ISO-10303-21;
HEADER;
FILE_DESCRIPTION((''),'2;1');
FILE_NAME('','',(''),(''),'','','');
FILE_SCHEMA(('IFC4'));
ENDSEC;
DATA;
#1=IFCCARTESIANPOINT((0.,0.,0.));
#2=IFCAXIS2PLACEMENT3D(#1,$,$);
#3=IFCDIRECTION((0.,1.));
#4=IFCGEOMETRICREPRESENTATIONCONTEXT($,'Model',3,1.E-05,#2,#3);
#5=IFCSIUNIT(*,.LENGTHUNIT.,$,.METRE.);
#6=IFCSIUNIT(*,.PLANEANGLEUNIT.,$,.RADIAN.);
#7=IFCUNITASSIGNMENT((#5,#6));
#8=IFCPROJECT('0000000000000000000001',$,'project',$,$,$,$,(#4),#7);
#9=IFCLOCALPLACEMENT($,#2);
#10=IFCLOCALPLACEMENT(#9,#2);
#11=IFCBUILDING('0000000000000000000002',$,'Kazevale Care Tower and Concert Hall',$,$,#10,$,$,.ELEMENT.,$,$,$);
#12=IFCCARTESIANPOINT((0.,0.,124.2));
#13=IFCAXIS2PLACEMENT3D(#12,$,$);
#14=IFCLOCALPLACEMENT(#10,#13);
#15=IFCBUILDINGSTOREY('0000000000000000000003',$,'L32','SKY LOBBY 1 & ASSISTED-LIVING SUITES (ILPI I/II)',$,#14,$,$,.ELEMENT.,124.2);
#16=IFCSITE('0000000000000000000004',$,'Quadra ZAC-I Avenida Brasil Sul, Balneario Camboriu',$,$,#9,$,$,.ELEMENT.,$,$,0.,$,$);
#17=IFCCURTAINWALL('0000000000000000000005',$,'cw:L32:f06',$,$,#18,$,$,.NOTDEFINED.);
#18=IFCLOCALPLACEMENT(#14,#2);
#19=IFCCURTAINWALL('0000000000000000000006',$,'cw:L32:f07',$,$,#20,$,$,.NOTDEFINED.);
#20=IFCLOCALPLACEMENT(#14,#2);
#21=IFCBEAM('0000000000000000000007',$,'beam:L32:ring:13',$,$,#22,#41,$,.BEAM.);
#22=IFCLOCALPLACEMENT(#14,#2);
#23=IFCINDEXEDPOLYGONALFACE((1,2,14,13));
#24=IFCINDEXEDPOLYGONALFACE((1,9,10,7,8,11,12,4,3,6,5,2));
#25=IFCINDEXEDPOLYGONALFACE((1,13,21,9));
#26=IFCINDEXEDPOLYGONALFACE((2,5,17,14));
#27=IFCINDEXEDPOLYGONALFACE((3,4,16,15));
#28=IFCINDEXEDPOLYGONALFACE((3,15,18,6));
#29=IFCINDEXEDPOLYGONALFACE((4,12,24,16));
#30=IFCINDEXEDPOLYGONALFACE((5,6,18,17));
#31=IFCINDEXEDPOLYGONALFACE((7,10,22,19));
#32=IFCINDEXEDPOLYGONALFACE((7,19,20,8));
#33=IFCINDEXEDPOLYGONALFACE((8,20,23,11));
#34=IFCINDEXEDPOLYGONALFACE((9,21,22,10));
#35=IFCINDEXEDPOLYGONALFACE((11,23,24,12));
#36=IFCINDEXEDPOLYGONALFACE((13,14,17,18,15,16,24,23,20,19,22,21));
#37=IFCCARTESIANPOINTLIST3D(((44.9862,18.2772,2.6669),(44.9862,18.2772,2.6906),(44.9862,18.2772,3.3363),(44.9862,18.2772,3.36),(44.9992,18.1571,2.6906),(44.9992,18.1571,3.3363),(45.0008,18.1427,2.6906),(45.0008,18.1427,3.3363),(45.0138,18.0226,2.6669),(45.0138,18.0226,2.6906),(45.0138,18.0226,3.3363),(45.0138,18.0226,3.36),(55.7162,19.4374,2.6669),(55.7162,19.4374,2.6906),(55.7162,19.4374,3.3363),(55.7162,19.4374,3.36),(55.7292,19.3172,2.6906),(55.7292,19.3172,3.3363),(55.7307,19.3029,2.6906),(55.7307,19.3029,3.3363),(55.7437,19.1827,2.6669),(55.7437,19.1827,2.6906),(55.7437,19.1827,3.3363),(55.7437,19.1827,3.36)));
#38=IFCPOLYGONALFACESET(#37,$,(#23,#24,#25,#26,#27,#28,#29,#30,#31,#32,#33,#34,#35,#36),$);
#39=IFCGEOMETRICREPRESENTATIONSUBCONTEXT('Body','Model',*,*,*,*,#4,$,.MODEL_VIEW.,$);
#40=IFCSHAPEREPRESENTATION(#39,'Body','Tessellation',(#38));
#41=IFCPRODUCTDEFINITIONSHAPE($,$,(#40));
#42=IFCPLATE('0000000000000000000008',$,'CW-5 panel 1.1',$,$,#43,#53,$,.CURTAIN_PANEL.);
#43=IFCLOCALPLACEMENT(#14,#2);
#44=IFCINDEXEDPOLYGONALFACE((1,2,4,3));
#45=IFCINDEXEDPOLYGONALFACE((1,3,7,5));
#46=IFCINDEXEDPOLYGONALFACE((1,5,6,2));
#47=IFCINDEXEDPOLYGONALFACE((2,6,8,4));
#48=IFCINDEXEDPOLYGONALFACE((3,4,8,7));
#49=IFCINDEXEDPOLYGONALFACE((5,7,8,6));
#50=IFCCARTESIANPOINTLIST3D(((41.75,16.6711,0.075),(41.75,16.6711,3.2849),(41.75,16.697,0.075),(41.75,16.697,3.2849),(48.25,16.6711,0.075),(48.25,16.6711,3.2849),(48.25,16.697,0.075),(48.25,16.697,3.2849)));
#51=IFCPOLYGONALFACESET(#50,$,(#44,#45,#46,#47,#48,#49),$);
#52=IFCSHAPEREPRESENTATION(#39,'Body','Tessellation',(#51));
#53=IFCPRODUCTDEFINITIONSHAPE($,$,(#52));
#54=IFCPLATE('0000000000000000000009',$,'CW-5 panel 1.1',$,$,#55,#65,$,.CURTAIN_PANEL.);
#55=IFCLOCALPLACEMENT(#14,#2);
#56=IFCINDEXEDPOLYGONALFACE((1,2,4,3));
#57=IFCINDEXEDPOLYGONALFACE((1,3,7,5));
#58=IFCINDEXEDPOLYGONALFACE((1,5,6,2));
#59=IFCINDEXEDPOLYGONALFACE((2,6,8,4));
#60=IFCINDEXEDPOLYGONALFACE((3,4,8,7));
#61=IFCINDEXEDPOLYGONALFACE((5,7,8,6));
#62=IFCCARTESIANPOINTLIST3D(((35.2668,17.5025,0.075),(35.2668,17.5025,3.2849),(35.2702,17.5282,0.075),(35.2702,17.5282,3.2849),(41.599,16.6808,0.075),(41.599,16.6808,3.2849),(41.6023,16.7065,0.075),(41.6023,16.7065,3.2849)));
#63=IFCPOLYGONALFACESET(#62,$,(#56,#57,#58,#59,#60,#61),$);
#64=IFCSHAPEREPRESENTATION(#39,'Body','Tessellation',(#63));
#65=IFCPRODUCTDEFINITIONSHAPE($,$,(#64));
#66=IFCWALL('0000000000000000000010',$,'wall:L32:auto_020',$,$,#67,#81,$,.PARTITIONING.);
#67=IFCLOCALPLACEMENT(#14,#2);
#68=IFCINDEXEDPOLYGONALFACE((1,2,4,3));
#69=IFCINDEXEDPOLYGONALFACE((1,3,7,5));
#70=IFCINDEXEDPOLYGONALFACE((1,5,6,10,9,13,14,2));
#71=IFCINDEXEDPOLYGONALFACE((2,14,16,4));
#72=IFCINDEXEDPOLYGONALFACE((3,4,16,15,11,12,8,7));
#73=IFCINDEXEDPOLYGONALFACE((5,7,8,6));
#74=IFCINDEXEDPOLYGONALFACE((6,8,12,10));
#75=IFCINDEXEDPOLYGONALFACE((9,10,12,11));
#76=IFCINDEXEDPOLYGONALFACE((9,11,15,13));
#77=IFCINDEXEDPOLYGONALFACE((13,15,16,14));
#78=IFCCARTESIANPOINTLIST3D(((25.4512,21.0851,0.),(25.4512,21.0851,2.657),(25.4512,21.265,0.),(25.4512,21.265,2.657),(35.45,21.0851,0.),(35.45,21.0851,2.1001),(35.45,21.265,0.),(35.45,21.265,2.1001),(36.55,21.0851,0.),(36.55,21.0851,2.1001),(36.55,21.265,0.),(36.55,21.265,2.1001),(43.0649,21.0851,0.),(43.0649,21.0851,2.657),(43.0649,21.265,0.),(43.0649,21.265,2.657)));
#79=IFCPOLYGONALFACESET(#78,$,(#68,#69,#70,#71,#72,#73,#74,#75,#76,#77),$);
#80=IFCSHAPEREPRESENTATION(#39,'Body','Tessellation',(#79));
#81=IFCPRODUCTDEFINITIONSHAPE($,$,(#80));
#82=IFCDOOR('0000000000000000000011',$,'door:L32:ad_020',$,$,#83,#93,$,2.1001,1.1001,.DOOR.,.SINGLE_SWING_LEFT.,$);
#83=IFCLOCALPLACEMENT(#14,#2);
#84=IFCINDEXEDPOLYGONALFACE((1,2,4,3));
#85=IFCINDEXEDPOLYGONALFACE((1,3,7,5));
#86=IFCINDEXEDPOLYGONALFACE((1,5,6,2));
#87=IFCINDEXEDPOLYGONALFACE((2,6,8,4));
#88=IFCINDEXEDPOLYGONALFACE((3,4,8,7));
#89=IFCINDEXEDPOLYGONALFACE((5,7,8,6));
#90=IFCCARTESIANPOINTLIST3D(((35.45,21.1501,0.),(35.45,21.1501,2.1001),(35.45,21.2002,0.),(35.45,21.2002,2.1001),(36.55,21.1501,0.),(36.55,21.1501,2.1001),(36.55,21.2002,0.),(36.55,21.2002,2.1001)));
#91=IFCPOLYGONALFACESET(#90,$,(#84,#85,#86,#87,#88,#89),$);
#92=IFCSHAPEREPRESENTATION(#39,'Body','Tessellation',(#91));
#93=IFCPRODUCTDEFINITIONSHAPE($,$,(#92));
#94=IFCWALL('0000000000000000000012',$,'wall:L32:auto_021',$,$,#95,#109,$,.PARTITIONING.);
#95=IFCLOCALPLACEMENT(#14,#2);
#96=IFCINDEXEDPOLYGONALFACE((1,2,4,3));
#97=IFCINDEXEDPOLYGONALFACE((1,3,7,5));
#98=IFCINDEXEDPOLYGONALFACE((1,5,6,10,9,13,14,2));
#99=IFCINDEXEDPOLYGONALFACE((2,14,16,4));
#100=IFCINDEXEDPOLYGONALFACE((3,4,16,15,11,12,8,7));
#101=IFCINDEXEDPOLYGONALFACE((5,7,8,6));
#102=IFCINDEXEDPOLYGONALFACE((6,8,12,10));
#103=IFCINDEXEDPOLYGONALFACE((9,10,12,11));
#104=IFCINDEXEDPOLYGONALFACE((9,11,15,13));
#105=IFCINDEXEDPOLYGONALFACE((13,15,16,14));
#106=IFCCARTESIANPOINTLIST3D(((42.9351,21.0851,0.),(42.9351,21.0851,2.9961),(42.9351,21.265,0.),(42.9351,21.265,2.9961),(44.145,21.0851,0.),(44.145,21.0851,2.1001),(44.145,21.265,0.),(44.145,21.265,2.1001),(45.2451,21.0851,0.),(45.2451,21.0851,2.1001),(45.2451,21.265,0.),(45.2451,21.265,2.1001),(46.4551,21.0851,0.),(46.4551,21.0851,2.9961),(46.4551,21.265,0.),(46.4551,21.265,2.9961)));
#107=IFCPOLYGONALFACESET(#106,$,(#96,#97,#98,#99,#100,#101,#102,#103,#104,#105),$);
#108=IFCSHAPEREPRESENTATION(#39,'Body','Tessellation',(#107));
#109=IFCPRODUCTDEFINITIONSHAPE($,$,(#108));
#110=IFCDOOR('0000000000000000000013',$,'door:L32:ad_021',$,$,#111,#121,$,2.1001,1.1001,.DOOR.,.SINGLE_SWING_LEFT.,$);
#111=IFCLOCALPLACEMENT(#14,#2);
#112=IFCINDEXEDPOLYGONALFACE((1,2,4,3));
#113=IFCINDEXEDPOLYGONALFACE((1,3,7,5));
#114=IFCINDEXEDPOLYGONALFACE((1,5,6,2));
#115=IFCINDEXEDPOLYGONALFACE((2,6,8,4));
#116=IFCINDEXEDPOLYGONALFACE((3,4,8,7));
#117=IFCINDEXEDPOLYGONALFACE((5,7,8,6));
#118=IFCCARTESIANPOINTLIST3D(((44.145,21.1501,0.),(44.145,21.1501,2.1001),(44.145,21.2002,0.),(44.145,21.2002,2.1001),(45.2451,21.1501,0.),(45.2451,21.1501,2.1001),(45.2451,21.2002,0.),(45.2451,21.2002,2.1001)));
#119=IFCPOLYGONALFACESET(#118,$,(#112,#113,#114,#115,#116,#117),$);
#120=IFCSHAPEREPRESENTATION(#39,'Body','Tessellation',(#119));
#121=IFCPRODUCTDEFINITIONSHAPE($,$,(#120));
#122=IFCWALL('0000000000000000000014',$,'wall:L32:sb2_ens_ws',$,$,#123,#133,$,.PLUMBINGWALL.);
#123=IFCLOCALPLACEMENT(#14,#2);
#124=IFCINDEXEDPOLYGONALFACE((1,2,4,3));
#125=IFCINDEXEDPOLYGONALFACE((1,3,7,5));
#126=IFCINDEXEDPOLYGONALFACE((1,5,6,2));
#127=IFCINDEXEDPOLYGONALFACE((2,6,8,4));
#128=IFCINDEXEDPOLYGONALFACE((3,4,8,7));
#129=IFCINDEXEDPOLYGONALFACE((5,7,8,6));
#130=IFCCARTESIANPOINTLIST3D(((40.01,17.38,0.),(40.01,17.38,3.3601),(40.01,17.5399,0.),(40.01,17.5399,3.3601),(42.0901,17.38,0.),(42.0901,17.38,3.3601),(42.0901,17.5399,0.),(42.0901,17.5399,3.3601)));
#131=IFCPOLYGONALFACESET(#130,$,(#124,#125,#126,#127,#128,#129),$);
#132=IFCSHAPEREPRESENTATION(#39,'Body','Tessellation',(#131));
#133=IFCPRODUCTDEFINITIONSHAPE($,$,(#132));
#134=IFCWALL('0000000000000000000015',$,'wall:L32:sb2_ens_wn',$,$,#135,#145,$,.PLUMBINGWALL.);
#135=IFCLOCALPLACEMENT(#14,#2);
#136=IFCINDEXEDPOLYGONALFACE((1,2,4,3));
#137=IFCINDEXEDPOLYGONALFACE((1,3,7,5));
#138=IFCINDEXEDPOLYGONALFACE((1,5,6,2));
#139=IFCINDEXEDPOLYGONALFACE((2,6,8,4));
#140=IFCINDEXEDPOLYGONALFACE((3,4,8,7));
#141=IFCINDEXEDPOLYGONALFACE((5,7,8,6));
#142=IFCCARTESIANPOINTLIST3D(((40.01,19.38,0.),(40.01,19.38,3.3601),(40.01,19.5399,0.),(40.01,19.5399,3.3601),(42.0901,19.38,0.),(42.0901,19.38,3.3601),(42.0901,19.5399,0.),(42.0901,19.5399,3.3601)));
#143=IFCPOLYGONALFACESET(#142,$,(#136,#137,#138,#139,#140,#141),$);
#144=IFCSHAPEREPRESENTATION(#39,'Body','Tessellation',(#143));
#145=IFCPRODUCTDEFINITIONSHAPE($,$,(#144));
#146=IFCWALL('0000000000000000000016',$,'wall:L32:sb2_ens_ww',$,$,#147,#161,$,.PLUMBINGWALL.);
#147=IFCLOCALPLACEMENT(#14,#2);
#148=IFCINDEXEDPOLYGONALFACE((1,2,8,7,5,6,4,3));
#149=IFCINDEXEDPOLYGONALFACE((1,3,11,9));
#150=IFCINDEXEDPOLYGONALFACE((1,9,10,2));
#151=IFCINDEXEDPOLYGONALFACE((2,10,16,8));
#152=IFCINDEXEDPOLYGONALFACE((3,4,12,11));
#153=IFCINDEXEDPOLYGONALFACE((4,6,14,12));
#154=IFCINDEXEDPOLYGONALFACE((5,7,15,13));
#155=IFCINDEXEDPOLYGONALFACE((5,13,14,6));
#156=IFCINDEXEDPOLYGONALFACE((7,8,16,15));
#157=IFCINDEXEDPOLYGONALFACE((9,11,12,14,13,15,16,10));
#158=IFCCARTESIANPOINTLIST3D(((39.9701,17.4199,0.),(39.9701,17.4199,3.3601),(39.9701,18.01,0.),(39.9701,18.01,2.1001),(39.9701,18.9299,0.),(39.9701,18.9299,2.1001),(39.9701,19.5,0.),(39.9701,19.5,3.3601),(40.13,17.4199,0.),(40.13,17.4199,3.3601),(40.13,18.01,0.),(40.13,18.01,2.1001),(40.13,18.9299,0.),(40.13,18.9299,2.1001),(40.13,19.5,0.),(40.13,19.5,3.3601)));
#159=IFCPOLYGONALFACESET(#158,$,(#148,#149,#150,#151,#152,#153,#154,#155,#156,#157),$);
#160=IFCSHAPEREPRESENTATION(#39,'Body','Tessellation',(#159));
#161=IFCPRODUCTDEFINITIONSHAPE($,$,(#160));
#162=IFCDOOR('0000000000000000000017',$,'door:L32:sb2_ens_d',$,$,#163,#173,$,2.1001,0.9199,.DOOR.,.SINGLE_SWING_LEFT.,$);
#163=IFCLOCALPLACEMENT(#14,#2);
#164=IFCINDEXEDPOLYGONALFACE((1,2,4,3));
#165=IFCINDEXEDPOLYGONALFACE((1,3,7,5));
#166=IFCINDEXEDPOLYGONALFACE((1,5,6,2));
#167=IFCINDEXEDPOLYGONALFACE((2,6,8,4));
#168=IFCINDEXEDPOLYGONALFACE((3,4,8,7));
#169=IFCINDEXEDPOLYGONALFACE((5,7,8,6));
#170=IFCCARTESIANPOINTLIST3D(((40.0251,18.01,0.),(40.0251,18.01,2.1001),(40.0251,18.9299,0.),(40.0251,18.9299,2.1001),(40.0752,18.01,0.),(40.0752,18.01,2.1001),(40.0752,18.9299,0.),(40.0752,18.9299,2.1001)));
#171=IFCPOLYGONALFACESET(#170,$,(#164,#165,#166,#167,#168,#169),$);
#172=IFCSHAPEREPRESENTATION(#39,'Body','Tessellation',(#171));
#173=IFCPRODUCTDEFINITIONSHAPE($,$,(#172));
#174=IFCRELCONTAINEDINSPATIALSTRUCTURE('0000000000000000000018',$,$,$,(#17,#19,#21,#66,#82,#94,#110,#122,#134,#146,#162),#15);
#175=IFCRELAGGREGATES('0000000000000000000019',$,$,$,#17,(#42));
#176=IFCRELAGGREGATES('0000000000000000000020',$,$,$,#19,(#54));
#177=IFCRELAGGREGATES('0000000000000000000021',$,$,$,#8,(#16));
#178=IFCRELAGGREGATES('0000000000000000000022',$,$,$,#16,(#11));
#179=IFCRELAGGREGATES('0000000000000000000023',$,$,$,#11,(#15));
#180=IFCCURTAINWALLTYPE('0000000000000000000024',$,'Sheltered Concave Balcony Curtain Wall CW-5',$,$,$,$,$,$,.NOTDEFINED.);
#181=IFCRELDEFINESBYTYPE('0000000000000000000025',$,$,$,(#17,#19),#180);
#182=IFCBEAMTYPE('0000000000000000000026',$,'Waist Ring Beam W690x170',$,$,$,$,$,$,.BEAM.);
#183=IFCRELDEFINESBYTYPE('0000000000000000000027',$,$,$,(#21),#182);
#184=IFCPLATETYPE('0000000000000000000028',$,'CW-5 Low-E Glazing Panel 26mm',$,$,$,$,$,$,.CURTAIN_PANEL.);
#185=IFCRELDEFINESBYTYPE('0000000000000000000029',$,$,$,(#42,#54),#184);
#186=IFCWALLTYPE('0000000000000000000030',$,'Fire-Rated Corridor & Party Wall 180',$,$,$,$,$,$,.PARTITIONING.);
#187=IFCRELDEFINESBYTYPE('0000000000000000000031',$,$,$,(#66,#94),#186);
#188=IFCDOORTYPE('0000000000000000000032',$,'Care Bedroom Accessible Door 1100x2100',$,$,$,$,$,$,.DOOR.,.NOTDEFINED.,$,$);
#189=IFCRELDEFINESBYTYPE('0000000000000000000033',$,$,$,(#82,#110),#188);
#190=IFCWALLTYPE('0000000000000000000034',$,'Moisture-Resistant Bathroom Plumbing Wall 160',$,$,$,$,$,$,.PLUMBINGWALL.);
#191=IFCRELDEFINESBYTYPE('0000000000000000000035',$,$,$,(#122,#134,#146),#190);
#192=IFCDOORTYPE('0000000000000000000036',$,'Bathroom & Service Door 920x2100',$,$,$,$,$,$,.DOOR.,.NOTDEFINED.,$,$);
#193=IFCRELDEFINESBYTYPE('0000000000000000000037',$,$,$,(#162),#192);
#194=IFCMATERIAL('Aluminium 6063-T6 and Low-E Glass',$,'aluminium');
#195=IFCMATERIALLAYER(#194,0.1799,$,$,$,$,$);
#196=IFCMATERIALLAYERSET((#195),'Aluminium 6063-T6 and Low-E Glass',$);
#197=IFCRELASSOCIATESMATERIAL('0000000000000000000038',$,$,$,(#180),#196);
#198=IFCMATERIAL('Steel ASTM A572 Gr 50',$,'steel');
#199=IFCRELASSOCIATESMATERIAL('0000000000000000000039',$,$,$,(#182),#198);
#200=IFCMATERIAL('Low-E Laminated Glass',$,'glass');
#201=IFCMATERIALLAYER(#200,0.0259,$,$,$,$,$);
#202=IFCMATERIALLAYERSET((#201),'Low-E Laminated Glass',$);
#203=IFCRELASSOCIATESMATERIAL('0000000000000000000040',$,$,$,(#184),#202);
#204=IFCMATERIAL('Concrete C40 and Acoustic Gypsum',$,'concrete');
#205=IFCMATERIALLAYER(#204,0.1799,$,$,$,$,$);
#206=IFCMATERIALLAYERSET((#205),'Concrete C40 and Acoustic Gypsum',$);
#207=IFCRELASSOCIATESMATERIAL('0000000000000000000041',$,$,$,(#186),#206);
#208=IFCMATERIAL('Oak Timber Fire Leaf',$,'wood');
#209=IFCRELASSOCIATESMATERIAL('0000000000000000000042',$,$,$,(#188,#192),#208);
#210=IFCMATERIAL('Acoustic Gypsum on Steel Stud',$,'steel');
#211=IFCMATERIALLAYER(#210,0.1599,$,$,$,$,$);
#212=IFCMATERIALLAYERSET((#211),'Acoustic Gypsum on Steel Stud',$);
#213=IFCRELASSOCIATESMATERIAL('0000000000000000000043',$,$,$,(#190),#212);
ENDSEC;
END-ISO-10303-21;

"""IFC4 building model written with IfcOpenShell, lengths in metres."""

from ifc_helpers import new_model, si_unit, direction, frame, frame_2d, origin, origin_2d, place, context, subcontext, project, spatial, rectangle, i_section, extrude, material, layer, layer_set, material_profile, profile_set, type_object, element, fill, aggregate, save


model = new_model("IFC4")

# Units and contexts
model_context = context("Model", 3, precision=1e-05, world=origin(), true_north=direction((0.0, 1.0)))
body_context = subcontext(model_context, "Body", "Model", "MODEL_VIEW")
ifc_project = project(units=[si_unit("LENGTHUNIT", "METRE"), si_unit("PLANEANGLEUNIT", "RADIAN")], contexts=[model_context])

# Site, building, storey
site_placement = place(None, origin())
site = spatial("IfcSite", under=ifc_project, at=site_placement, Name="Quadra ZAC-I Avenida Brasil Sul, Balneario Camboriu", CompositionType="ELEMENT", RefElevation=0.0)
building_placement = place(site_placement, origin())
building = spatial("IfcBuilding", under=site, at=building_placement, Name="Kazevale Care Tower and Concert Hall", CompositionType="ELEMENT")
storey_placement = place(building_placement, frame((0.0, 0.0, 124.2)))
storey = spatial("IfcBuildingStorey", under=building, at=storey_placement, Name="L32", Description="SKY LOBBY 1 & ASSISTED-LIVING SUITES (ILPI I/II)", CompositionType="ELEMENT", Elevation=124.2)

# Curtain walls
ifc_material_1 = material(Name="Aluminium 6063-T6 and Low-E Glass", Category="aluminium")
ifc_layer_1 = layer(ifc_material_1, 0.1799)
ifc_layer_set_1 = layer_set([ifc_layer_1], Name="Aluminium 6063-T6 and Low-E Glass")
curtain_wall_type = type_object("IfcCurtainWallType", Name="Sheltered Concave Balcony Curtain Wall CW-5", PredefinedType="NOTDEFINED", material=ifc_layer_set_1)
curtain_wall_1_placement = place(storey_placement, origin())
curtain_wall_1 = element("IfcCurtainWall", 1, at=curtain_wall_1_placement, inside=storey, type_object=curtain_wall_type, Name="cw:L32:f06", PredefinedType="NOTDEFINED")
curtain_wall_2_placement = place(storey_placement, origin())
curtain_wall_2 = element("IfcCurtainWall", 2, at=curtain_wall_2_placement, inside=storey, type_object=curtain_wall_type, Name="cw:L32:f07", PredefinedType="NOTDEFINED")

# Beam
ifc_material_2 = material(Name="Steel ASTM A572 Gr 50", Category="steel")
ifc_material_profile_1 = material_profile(ifc_material_2, i_section(OverallWidth=0.2561, OverallDepth=0.6931, WebThickness=0.0144, FlangeThickness=0.0237, at=origin_2d()), Name="W690x170")
ifc_profile_set_1 = profile_set([ifc_material_profile_1], Name="Steel ASTM A572 Gr 50")
beam_type_1 = type_object("IfcBeamType", Name="Waist Ring Beam W690x170", PredefinedType="BEAM", material=ifc_profile_set_1)
beam_1_placement = place(storey_placement, frame((45.0, 18.1499, 3.0134), z_axis=(0.994205, 0.107496, 0.0), x_axis=(-0.107496, 0.994205, 0.0)))
element("IfcBeam", 3, at=beam_1_placement, inside=storey, type_object=beam_type_1, Name="beam:L32:ring:13", PredefinedType="BEAM", context=body_context, shape_type="SweptSolid", body=[
    extrude(i_section(OverallWidth=0.2561, OverallDepth=0.6931, WebThickness=0.0144, FlangeThickness=0.0237, at=origin_2d()), origin(), (0.0, 0.0, 1.0), 10.7925),
])

# Plates
ifc_material_3 = material(Name="Low-E Laminated Glass", Category="glass")
ifc_layer_2 = layer(ifc_material_3, 0.0259)
ifc_layer_set_2 = layer_set([ifc_layer_2], Name="Low-E Laminated Glass")
plate_type = type_object("IfcPlateType", Name="CW-5 Low-E Glazing Panel 26mm", PredefinedType="CURTAIN_PANEL", material=ifc_layer_set_2)
plate_1_placement = place(storey_placement, frame((45.0, 16.6841, 0.075), z_axis=(0.0, 0.0, 1.0), x_axis=(-1.0, 0.0, 0.0)))
plate_1 = element("IfcPlate", 4, at=plate_1_placement, type_object=plate_type, Name="CW-5 panel 1.1", PredefinedType="CURTAIN_PANEL", context=body_context, shape_type="SweptSolid", body=[
    extrude(rectangle(XDim=6.5, YDim=0.0259, at=origin_2d()), origin(), (0.0, 0.0, 1.0), 3.21),
])
aggregate(curtain_wall_1, [plate_1])
plate_2_placement = place(storey_placement, frame((38.4346, 17.1045, 0.075), z_axis=(0.0, 0.0, 1.0), x_axis=(-0.991686, 0.128685, 0.0)))
plate_2 = element("IfcPlate", 5, at=plate_2_placement, type_object=plate_type, Name="CW-5 panel 1.1", PredefinedType="CURTAIN_PANEL", context=body_context, shape_type="SweptSolid", body=[
    extrude(rectangle(XDim=6.3853, YDim=0.0259, at=origin_2d()), origin(), (0.0, 0.0, 1.0), 3.21),
])
aggregate(curtain_wall_2, [plate_2])

# Walls, openings, doors
ifc_material_4 = material(Name="Concrete C40 and Acoustic Gypsum", Category="concrete")
ifc_layer_3 = layer(ifc_material_4, 0.1799)
ifc_layer_set_3 = layer_set([ifc_layer_3], Name="Concrete C40 and Acoustic Gypsum")
wall_type_1 = type_object("IfcWallType", Name="Fire-Rated Corridor & Party Wall 180", PredefinedType="PARTITIONING", material=ifc_layer_set_3)
wall_1_placement = place(storey_placement, frame((43.0649, 21.175, 0.0), z_axis=(0.0, 0.0, 1.0), x_axis=(-1.0, 0.0, 0.0)))
wall_1 = element("IfcWall", 6, at=wall_1_placement, inside=storey, type_object=wall_type_1, Name="wall:L32:auto_020", PredefinedType="PARTITIONING", context=body_context, shape_type="SweptSolid", body=[
    extrude(rectangle(XDim=17.6138, YDim=0.1799, at=frame_2d((8.8069, 0.0))), origin(), (0.0, 0.0, 1.0), 2.657),
])
opening_1_placement = place(wall_1_placement, frame((6.5149, 0.0, 0.0)))
opening_1 = element("IfcOpeningElement", 7, at=opening_1_placement, cuts=wall_1, PredefinedType="OPENING", context=body_context, shape_type="SweptSolid", body=[
    extrude(rectangle(XDim=1.1001, YDim=2.1001, at=frame_2d((0.55, 1.05))), frame((0.0, 0.0999, 0.0), z_axis=(0.0, -1.0, 0.0), x_axis=(1.0, 0.0, 0.0)), (0.0, 0.0, 1.0), 0.2),
])
ifc_material_5 = material(Name="Oak Timber Fire Leaf", Category="wood")
door_type_1 = type_object("IfcDoorType", Name="Care Bedroom Accessible Door 1100x2100", OperationType="NOTDEFINED", PredefinedType="DOOR", material=ifc_material_5)
door_1_placement = place(opening_1_placement, origin())
door_1 = element("IfcDoor", 8, at=door_1_placement, inside=storey, type_object=door_type_1, Name="door:L32:ad_020", OperationType="SINGLE_SWING_LEFT", OverallHeight=2.1001, OverallWidth=1.1001, PredefinedType="DOOR", context=body_context, shape_type="SweptSolid", body=[
    extrude(rectangle(XDim=1.1001, YDim=2.1001, at=frame_2d((0.55, 1.05))), frame((0.0, 0.0249, 0.0), z_axis=(0.0, -1.0, 0.0), x_axis=(1.0, 0.0, 0.0)), (0.0, 0.0, 1.0), 0.05),
])
fill(opening_1, door_1)
wall_2_placement = place(storey_placement, frame((46.4551, 21.175, 0.0), z_axis=(0.0, 0.0, 1.0), x_axis=(-1.0, 0.0, 0.0)))
wall_2 = element("IfcWall", 9, at=wall_2_placement, inside=storey, type_object=wall_type_1, Name="wall:L32:auto_021", PredefinedType="PARTITIONING", context=body_context, shape_type="SweptSolid", body=[
    extrude(rectangle(XDim=3.52, YDim=0.1799, at=frame_2d((1.76, 0.0))), origin(), (0.0, 0.0, 1.0), 2.9961),
])
opening_2_placement = place(wall_2_placement, frame((1.21, 0.0, 0.0)))
opening_2 = element("IfcOpeningElement", 10, at=opening_2_placement, cuts=wall_2, PredefinedType="OPENING", context=body_context, shape_type="SweptSolid", body=[
    extrude(rectangle(XDim=1.1001, YDim=2.1001, at=frame_2d((0.55, 1.05))), frame((0.0, 0.0999, 0.0), z_axis=(0.0, -1.0, 0.0), x_axis=(1.0, 0.0, 0.0)), (0.0, 0.0, 1.0), 0.2),
])
door_2_placement = place(opening_2_placement, origin())
door_2 = element("IfcDoor", 11, at=door_2_placement, inside=storey, type_object=door_type_1, Name="door:L32:ad_021", OperationType="SINGLE_SWING_LEFT", OverallHeight=2.1001, OverallWidth=1.1001, PredefinedType="DOOR", context=body_context, shape_type="SweptSolid", body=[
    extrude(rectangle(XDim=1.1001, YDim=2.1001, at=frame_2d((0.55, 1.05))), frame((0.0, 0.0249, 0.0), z_axis=(0.0, -1.0, 0.0), x_axis=(1.0, 0.0, 0.0)), (0.0, 0.0, 1.0), 0.05),
])
fill(opening_2, door_2)

# Walls
ifc_material_6 = material(Name="Acoustic Gypsum on Steel Stud", Category="steel")
ifc_layer_4 = layer(ifc_material_6, 0.1599)
ifc_layer_set_4 = layer_set([ifc_layer_4], Name="Acoustic Gypsum on Steel Stud")
wall_type_2 = type_object("IfcWallType", Name="Moisture-Resistant Bathroom Plumbing Wall 160", PredefinedType="PLUMBINGWALL", material=ifc_layer_set_4)
for number, where, z_axis, x_axis, name in (
    (12, (40.01, 17.46, 0.0), (0.0, 0.0, 1.0), (1.0, 0.0, 0.0), "wall:L32:sb2_ens_ws"),
    (13, (40.01, 19.46, 0.0), (0.0, 0.0, 1.0), (1.0, 0.0, 0.0), "wall:L32:sb2_ens_wn"),
):
    element("IfcWall", number, at=place(storey_placement, frame(where, z_axis=z_axis, x_axis=x_axis)), inside=storey, type_object=wall_type_2, Name=name, PredefinedType="PLUMBINGWALL", context=body_context, shape_type="SweptSolid", body=[
        extrude(rectangle(XDim=2.0801, YDim=0.1599, at=frame_2d((1.04, 0.0))), origin(), (0.0, 0.0, 1.0), 3.3601),
    ])

# Wall, opening, door
wall_3_placement = place(storey_placement, frame((40.05, 17.4199, 0.0), z_axis=(0.0, 0.0, 1.0), x_axis=(0.0, 1.0, 0.0)))
wall_3 = element("IfcWall", 14, at=wall_3_placement, inside=storey, type_object=wall_type_2, Name="wall:L32:sb2_ens_ww", PredefinedType="PLUMBINGWALL", context=body_context, shape_type="SweptSolid", body=[
    extrude(rectangle(XDim=2.0801, YDim=0.1599, at=frame_2d((1.04, 0.0))), origin(), (0.0, 0.0, 1.0), 3.3601),
])
opening_3_placement = place(wall_3_placement, frame((0.5901, 0.0, 0.0)))
opening_3 = element("IfcOpeningElement", 15, at=opening_3_placement, cuts=wall_3, PredefinedType="OPENING", context=body_context, shape_type="SweptSolid", body=[
    extrude(rectangle(XDim=0.9199, YDim=2.1001, at=frame_2d((0.46, 1.05))), frame((0.0, 0.0898, 0.0), z_axis=(0.0, -1.0, 0.0), x_axis=(1.0, 0.0, 0.0)), (0.0, 0.0, 1.0), 0.1799),
])
door_type_2 = type_object("IfcDoorType", Name="Bathroom & Service Door 920x2100", OperationType="NOTDEFINED", PredefinedType="DOOR", material=ifc_material_5)
door_3_placement = place(opening_3_placement, origin())
door_3 = element("IfcDoor", 16, at=door_3_placement, inside=storey, type_object=door_type_2, Name="door:L32:sb2_ens_d", OperationType="SINGLE_SWING_LEFT", OverallHeight=2.1001, OverallWidth=0.9199, PredefinedType="DOOR", context=body_context, shape_type="SweptSolid", body=[
    extrude(rectangle(XDim=0.9199, YDim=2.1001, at=frame_2d((0.46, 1.05))), frame((0.0, 0.0249, 0.0), z_axis=(0.0, -1.0, 0.0), x_axis=(1.0, 0.0, 0.0)), (0.0, 0.0, 1.0), 0.05),
])
fill(opening_3, door_3)

save(model, "model.ifc")
